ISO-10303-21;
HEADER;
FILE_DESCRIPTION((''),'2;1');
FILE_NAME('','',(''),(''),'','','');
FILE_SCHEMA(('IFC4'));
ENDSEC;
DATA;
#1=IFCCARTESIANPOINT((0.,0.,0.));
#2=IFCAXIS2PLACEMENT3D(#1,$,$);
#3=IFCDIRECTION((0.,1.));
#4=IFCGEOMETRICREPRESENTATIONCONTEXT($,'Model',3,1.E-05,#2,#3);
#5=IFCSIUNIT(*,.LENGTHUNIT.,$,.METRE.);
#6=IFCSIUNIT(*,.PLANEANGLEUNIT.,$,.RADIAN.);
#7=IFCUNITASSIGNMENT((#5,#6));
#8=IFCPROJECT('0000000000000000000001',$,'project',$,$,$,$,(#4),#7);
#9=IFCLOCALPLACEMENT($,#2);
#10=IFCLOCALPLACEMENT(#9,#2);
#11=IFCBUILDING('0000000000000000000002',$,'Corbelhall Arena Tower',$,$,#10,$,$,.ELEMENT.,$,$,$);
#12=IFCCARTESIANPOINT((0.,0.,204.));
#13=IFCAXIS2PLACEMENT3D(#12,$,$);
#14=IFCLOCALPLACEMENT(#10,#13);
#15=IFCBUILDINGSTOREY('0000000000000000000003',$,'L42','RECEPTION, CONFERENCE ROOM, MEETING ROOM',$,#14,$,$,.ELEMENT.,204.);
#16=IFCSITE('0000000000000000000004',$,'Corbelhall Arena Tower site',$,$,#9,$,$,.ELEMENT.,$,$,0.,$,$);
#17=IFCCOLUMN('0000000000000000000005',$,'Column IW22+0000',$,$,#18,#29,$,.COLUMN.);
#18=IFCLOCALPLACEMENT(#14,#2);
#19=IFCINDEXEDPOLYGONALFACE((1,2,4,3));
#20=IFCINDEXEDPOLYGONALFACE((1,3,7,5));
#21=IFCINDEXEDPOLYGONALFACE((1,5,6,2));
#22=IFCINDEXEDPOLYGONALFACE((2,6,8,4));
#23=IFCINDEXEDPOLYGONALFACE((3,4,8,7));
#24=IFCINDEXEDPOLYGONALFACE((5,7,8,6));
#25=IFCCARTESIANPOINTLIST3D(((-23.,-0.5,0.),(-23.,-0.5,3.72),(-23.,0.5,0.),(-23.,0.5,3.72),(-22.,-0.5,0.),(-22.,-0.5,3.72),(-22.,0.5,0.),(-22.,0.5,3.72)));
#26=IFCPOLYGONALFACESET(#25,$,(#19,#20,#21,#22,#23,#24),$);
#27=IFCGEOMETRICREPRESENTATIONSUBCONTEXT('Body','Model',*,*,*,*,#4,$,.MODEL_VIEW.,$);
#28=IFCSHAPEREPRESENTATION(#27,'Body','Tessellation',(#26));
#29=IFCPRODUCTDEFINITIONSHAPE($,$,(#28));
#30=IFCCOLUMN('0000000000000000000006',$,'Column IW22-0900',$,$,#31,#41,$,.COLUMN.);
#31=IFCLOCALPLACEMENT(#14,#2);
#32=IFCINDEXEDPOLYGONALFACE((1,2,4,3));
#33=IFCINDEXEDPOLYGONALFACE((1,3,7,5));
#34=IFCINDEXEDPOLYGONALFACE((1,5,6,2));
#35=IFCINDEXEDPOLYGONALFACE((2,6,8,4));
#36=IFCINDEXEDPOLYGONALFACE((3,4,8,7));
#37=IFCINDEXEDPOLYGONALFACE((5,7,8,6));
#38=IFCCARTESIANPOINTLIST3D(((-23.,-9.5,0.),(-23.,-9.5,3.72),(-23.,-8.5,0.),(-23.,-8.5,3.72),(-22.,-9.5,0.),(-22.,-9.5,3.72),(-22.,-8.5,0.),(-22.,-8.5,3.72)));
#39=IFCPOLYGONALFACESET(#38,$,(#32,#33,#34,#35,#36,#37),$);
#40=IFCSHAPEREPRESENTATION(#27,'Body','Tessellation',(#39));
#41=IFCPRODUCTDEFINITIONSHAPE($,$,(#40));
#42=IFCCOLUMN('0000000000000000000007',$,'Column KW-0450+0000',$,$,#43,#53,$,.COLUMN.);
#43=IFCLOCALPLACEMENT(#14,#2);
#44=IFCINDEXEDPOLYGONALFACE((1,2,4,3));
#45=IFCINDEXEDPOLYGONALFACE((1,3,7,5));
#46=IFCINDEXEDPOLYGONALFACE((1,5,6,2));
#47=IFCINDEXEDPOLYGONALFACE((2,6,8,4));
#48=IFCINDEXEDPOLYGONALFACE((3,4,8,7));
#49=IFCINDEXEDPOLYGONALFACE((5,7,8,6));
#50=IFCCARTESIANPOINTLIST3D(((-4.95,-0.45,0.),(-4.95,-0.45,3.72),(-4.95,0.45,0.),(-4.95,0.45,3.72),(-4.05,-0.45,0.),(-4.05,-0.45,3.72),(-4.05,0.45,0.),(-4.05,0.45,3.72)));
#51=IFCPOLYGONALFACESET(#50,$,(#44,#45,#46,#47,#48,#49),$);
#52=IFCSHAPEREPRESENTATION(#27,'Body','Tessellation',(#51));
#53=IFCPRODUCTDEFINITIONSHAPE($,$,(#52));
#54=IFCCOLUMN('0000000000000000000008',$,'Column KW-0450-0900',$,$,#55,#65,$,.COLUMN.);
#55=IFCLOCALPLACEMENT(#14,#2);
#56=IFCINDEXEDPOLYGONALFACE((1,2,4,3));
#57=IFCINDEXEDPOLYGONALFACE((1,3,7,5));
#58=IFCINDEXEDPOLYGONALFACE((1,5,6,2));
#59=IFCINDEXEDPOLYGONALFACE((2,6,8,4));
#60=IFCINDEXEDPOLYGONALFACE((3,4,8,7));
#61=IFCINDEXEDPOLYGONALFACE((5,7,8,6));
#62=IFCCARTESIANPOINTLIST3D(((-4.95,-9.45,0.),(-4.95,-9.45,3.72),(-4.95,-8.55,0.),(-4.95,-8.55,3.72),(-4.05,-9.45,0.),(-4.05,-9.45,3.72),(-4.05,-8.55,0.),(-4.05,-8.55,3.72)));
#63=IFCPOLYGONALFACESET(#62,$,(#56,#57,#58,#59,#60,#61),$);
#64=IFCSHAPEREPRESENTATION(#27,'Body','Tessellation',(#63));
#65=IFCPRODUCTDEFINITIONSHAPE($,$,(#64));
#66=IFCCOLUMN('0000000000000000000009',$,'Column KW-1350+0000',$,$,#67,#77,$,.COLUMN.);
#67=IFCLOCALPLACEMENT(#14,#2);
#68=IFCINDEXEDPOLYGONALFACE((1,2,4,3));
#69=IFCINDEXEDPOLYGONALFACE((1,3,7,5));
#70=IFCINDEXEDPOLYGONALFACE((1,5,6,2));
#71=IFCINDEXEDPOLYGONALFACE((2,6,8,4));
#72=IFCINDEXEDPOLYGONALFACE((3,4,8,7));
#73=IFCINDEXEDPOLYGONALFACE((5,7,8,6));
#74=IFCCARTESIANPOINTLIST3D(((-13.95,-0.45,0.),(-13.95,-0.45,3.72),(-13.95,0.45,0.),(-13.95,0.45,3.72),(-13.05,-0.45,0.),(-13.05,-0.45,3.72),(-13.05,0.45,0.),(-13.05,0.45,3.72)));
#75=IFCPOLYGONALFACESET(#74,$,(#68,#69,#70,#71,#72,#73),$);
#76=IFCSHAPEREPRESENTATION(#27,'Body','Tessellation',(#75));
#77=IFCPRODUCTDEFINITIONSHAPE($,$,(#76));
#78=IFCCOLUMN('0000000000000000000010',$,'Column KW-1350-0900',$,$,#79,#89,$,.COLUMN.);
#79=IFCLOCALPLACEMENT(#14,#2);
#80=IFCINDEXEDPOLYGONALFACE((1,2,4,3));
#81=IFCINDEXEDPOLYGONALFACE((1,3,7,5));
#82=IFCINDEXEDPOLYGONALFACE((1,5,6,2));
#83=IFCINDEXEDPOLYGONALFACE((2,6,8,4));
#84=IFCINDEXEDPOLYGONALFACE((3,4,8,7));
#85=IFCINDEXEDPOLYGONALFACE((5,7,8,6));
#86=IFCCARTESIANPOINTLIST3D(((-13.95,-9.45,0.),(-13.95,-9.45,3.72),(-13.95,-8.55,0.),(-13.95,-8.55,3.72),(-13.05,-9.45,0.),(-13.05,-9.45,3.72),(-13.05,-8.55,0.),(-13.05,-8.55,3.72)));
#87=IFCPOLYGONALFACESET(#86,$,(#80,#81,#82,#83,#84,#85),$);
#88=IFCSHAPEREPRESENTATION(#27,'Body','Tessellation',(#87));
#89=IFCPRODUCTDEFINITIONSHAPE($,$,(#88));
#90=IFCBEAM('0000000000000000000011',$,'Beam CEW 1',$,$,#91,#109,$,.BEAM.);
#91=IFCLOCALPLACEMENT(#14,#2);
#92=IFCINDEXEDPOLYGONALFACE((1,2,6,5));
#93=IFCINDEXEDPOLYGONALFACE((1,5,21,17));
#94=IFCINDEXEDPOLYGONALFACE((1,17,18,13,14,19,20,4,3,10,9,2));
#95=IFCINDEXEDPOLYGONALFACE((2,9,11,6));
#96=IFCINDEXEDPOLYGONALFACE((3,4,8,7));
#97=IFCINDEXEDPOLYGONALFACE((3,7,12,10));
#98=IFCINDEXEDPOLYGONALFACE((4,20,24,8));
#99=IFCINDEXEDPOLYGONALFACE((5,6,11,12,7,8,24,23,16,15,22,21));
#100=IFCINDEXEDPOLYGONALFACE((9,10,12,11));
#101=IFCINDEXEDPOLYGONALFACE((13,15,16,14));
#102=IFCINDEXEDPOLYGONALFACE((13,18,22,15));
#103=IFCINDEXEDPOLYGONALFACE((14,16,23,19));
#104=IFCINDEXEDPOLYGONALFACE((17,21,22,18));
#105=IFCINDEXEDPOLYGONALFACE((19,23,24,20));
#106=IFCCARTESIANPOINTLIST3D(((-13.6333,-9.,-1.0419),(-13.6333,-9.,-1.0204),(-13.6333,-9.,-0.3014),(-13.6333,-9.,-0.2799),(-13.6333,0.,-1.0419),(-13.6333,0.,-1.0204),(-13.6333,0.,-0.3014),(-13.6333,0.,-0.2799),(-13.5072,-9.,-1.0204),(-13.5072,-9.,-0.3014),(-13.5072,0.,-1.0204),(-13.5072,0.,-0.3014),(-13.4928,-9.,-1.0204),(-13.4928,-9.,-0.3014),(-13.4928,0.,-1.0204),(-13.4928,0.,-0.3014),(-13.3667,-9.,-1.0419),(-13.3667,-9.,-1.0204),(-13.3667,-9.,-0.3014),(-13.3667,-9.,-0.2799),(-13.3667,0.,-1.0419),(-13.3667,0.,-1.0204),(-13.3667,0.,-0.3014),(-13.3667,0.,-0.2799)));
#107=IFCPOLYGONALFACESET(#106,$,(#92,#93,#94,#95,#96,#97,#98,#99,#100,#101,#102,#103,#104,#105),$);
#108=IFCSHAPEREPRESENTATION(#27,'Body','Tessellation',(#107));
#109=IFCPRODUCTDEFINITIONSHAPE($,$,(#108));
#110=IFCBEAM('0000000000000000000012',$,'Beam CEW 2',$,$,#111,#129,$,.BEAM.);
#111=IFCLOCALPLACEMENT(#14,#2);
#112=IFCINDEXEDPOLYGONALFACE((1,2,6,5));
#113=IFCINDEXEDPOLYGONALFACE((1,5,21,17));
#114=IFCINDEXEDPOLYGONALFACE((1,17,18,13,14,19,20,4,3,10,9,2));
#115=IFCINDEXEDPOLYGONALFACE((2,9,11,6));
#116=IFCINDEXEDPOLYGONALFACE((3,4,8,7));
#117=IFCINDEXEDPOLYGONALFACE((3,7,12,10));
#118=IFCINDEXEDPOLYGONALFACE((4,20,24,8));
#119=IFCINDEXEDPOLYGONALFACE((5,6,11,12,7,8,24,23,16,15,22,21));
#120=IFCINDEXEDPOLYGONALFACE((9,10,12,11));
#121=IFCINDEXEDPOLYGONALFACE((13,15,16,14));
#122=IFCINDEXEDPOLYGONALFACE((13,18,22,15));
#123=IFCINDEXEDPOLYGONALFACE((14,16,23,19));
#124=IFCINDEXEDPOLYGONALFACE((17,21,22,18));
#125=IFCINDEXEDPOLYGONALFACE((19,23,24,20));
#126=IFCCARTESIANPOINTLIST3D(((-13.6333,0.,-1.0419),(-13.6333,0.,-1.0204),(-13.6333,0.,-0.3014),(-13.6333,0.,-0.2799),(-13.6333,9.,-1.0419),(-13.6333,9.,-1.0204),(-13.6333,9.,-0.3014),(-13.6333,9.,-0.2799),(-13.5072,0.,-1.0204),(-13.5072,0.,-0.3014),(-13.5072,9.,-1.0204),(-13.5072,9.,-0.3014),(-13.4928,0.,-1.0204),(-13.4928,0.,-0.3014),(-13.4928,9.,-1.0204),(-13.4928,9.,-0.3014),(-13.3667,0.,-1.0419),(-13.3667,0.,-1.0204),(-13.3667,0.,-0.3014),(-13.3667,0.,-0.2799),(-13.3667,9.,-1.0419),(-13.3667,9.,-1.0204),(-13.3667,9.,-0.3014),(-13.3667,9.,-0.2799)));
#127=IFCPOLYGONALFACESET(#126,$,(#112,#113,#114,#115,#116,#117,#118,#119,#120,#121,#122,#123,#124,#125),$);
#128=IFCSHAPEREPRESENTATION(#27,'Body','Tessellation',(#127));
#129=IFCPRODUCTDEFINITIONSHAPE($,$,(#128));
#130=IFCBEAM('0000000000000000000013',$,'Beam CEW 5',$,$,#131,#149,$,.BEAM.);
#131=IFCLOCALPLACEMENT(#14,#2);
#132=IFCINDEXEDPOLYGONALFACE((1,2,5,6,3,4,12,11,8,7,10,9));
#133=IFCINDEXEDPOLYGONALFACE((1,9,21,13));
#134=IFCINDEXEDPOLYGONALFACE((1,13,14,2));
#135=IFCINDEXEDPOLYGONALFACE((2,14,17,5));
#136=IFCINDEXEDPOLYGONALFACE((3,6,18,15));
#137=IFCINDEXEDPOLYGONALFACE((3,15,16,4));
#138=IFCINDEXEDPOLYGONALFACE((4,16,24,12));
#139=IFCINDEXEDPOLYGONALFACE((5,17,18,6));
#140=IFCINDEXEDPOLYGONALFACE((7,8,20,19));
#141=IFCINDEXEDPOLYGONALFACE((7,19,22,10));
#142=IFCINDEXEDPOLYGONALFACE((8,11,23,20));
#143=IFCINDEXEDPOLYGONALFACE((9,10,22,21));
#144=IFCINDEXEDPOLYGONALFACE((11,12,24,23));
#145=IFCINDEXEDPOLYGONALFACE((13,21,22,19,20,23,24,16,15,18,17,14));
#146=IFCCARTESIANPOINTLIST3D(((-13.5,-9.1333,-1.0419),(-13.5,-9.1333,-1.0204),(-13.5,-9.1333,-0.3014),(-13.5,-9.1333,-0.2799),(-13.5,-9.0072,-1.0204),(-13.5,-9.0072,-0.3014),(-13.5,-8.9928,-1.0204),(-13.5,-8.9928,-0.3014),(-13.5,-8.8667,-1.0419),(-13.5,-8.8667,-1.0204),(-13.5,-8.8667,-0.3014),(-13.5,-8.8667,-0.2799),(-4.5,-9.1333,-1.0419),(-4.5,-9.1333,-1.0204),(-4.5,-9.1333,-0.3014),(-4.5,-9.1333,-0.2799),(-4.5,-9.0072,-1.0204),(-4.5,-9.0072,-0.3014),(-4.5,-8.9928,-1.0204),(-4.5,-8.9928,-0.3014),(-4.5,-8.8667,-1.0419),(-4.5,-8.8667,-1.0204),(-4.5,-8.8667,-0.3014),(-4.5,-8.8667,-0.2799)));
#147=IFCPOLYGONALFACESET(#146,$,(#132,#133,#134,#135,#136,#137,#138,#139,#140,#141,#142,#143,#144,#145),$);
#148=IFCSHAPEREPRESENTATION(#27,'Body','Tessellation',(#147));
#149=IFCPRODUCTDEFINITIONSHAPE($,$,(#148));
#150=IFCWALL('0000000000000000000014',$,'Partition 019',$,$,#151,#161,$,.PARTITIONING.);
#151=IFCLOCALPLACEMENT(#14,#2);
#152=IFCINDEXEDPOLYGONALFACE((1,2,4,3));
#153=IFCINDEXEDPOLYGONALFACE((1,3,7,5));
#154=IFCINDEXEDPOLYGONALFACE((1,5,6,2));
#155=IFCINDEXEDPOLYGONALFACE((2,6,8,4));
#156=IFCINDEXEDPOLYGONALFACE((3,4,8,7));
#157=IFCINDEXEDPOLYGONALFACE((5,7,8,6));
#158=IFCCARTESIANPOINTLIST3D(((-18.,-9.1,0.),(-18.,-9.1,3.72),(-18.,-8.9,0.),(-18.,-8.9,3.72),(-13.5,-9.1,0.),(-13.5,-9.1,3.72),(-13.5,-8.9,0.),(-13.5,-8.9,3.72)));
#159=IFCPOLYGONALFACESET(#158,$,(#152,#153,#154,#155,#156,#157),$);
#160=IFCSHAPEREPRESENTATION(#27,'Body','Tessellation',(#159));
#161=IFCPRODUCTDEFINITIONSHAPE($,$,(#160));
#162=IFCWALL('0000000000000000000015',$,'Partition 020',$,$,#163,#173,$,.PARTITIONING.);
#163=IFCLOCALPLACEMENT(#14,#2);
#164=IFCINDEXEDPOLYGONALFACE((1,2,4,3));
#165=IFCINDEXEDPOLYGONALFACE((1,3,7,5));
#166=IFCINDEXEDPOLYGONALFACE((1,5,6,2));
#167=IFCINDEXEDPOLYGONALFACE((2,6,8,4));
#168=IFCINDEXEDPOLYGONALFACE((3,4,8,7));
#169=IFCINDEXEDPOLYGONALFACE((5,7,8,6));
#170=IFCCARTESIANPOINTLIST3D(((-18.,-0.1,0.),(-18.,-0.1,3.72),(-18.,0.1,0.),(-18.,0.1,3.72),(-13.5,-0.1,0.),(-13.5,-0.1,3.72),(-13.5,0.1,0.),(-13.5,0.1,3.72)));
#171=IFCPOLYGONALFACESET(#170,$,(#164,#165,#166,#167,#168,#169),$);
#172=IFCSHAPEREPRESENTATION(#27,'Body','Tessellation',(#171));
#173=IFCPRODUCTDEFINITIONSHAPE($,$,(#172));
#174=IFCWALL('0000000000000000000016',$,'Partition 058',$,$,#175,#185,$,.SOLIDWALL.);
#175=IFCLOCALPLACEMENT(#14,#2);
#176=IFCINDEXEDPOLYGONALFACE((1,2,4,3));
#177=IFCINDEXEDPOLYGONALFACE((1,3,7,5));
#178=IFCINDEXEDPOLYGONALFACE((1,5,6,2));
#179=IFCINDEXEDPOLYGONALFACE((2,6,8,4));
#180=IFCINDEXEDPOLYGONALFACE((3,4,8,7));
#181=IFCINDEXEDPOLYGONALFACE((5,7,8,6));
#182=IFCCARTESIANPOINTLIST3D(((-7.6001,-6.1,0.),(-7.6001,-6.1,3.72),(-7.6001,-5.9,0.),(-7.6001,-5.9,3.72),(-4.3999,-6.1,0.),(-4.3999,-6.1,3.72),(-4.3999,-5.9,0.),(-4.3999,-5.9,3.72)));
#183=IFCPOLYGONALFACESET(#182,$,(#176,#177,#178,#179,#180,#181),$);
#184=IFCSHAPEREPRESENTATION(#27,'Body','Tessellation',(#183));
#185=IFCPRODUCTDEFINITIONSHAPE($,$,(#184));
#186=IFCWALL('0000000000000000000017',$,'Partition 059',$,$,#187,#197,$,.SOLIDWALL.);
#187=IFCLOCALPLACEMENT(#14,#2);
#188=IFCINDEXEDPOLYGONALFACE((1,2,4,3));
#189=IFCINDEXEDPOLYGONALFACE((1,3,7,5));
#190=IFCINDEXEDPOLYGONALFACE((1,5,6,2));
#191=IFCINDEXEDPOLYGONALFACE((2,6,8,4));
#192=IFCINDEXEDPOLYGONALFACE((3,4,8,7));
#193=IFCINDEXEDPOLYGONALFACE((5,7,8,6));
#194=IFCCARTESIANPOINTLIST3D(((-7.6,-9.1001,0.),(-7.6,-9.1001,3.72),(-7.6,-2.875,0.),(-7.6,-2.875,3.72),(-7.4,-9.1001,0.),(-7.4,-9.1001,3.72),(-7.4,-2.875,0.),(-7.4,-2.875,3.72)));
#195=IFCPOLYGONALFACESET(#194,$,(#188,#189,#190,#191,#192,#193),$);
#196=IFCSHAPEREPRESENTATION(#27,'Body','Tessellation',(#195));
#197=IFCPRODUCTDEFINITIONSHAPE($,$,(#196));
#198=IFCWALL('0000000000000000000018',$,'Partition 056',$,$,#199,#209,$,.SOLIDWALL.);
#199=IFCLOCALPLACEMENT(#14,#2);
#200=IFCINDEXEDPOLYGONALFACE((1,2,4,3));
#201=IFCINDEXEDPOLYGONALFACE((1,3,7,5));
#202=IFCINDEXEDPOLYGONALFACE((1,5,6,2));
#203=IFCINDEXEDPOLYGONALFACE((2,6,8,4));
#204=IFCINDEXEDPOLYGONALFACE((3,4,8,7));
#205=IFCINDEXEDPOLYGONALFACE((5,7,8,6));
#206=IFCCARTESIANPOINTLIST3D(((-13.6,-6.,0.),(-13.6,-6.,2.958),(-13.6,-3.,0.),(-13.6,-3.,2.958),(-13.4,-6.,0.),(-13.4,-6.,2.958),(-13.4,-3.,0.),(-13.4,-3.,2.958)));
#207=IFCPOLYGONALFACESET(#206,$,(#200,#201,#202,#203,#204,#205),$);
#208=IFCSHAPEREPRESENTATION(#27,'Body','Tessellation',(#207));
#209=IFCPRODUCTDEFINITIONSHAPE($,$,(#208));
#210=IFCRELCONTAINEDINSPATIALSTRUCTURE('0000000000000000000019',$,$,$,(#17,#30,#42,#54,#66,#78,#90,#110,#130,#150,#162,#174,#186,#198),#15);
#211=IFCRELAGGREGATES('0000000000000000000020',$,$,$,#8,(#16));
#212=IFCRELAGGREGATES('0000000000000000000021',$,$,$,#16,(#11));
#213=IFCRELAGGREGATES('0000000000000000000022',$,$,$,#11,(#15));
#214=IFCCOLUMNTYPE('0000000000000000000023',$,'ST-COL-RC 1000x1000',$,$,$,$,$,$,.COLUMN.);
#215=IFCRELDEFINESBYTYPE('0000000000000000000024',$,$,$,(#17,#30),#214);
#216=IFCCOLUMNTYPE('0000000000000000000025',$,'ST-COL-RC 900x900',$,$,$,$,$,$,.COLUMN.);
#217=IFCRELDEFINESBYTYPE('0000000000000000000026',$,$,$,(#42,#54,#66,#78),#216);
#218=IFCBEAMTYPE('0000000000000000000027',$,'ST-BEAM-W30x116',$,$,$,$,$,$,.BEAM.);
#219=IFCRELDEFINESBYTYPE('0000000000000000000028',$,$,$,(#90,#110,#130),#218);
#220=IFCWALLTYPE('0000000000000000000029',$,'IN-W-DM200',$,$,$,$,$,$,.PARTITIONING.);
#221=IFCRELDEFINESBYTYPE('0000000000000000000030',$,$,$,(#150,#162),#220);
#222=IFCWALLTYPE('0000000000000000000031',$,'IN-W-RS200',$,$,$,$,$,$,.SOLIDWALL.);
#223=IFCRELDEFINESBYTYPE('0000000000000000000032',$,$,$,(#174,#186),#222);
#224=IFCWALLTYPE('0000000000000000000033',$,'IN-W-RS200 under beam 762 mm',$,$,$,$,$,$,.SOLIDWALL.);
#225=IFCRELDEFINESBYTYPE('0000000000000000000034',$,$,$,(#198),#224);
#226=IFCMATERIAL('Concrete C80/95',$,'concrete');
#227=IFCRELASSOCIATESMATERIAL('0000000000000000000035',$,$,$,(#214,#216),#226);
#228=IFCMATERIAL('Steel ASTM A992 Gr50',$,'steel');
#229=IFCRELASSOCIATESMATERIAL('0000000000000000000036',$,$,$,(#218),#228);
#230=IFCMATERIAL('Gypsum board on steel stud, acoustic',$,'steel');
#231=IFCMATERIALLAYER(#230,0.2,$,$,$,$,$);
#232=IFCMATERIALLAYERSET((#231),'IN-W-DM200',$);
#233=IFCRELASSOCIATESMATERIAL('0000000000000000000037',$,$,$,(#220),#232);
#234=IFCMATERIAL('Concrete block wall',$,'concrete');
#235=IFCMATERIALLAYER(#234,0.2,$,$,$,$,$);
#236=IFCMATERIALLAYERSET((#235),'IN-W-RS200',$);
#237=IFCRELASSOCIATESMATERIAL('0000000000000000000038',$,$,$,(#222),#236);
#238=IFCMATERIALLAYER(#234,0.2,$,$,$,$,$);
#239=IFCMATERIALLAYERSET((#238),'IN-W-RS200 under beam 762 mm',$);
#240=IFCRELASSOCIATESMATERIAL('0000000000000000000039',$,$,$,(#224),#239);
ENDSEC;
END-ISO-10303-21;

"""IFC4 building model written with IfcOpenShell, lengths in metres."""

from ifc_helpers import new_model, si_unit, direction, frame, frame_2d, origin, origin_2d, place, context, subcontext, project, spatial, rectangle, i_section, extrude, material, layer, layer_set, material_profile, profile_set, type_object, element, save


model = new_model("IFC4")

# Units and contexts
model_context = context("Model", 3, precision=1e-05, world=origin(), true_north=direction((0.0, 1.0)))
body_context = subcontext(model_context, "Body", "Model", "MODEL_VIEW")
ifc_project = project(units=[si_unit("LENGTHUNIT", "METRE"), si_unit("PLANEANGLEUNIT", "RADIAN")], contexts=[model_context])

# Site, building, storey
site_placement = place(None, origin())
site = spatial("IfcSite", under=ifc_project, at=site_placement, Name="Corbelhall Arena Tower site", CompositionType="ELEMENT", RefElevation=0.0)
building_placement = place(site_placement, origin())
building = spatial("IfcBuilding", under=site, at=building_placement, Name="Corbelhall Arena Tower", CompositionType="ELEMENT")
storey_placement = place(building_placement, frame((0.0, 0.0, 204.0)))
storey = spatial("IfcBuildingStorey", under=building, at=storey_placement, Name="L42", Description="RECEPTION, CONFERENCE ROOM, MEETING ROOM", CompositionType="ELEMENT", Elevation=204.0)

# Columns
ifc_material_1 = material(Name="Concrete C80/95", Category="concrete")
ifc_material_profile_1 = material_profile(ifc_material_1, rectangle(XDim=1.0, YDim=1.0, at=origin_2d()))
ifc_profile_set_1 = profile_set([ifc_material_profile_1], Name="Concrete C80/95")
column_type_1 = type_object("IfcColumnType", Name="ST-COL-RC 1000x1000", PredefinedType="COLUMN", material=ifc_profile_set_1)
for number, where, z_axis, x_axis, name in (
    (1, (-22.5, 0.0, 0.0), (0.0, 0.0, 1.0), (1.0, 0.0, 0.0), "Column IW22+0000"),
    (2, (-22.5, -9.0, 0.0), (0.0, 0.0, 1.0), (1.0, 0.0, 0.0), "Column IW22-0900"),
):
    element("IfcColumn", number, at=place(storey_placement, frame(where, z_axis=z_axis, x_axis=x_axis)), inside=storey, type_object=column_type_1, Name=name, PredefinedType="COLUMN", context=body_context, shape_type="SweptSolid", body=[
        extrude(rectangle(XDim=1.0, YDim=1.0, at=origin_2d()), origin(), (0.0, 0.0, 1.0), 3.72),
    ])
ifc_material_profile_2 = material_profile(ifc_material_1, rectangle(XDim=0.8999, YDim=0.8999, at=origin_2d()))
ifc_profile_set_2 = profile_set([ifc_material_profile_2], Name="Concrete C80/95")
column_type_2 = type_object("IfcColumnType", Name="ST-COL-RC 900x900", PredefinedType="COLUMN", material=ifc_profile_set_2)
for number, where, z_axis, x_axis, name in (
    (3, (-4.5, 0.0, 0.0), (0.0, 0.0, 1.0), (1.0, 0.0, 0.0), "Column KW-0450+0000"),
    (4, (-4.5, -9.0, 0.0), (0.0, 0.0, 1.0), (1.0, 0.0, 0.0), "Column KW-0450-0900"),
    (5, (-13.5, 0.0, 0.0), (0.0, 0.0, 1.0), (1.0, 0.0, 0.0), "Column KW-1350+0000"),
    (6, (-13.5, -9.0, 0.0), (0.0, 0.0, 1.0), (1.0, 0.0, 0.0), "Column KW-1350-0900"),
):
    element("IfcColumn", number, at=place(storey_placement, frame(where, z_axis=z_axis, x_axis=x_axis)), inside=storey, type_object=column_type_2, Name=name, PredefinedType="COLUMN", context=body_context, shape_type="SweptSolid", body=[
        extrude(rectangle(XDim=0.8999, YDim=0.8999, at=origin_2d()), origin(), (0.0, 0.0, 1.0), 3.72),
    ])

# Beams
ifc_material_2 = material(Name="Steel ASTM A992 Gr50", Category="steel")
ifc_material_profile_3 = material_profile(ifc_material_2, i_section(OverallWidth=0.2666, OverallDepth=0.762, WebThickness=0.0144, FlangeThickness=0.0215, at=origin_2d()))
ifc_profile_set_3 = profile_set([ifc_material_profile_3], Name="Steel ASTM A992 Gr50")
beam_type = type_object("IfcBeamType", Name="ST-BEAM-W30x116", PredefinedType="BEAM", material=ifc_profile_set_3)
for number, where, z_axis, x_axis, name in (
    (7, (-13.5, -9.0, -0.6609), (0.0, 1.0, 0.0), (-1.0, 0.0, 0.0), "Beam CEW 1"),
    (8, (-13.5, 0.0, -0.6609), (0.0, 1.0, 0.0), (-1.0, 0.0, 0.0), "Beam CEW 2"),
    (9, (-13.5, -9.0, -0.6609), (1.0, 0.0, 0.0), (0.0, 1.0, 0.0), "Beam CEW 5"),
):
    element("IfcBeam", number, at=place(storey_placement, frame(where, z_axis=z_axis, x_axis=x_axis)), inside=storey, type_object=beam_type, Name=name, PredefinedType="BEAM", context=body_context, shape_type="SweptSolid", body=[
        extrude(i_section(OverallWidth=0.2666, OverallDepth=0.762, WebThickness=0.0144, FlangeThickness=0.0215, at=origin_2d()), origin(), (0.0, 0.0, 1.0), 9.0),
    ])

# Walls
ifc_material_3 = material(Name="Gypsum board on steel stud, acoustic", Category="steel")
ifc_layer_1 = layer(ifc_material_3, 0.2)
ifc_layer_set_1 = layer_set([ifc_layer_1], Name="IN-W-DM200")
wall_type_1 = type_object("IfcWallType", Name="IN-W-DM200", PredefinedType="PARTITIONING", material=ifc_layer_set_1)
for number, where, z_axis, x_axis, name in (
    (10, (-18.0, -9.0, 0.0), (0.0, 0.0, 1.0), (1.0, 0.0, 0.0), "Partition 019"),
    (11, (-18.0, 0.0, 0.0), (0.0, 0.0, 1.0), (1.0, 0.0, 0.0), "Partition 020"),
):
    element("IfcWall", number, at=place(storey_placement, frame(where, z_axis=z_axis, x_axis=x_axis)), inside=storey, type_object=wall_type_1, Name=name, PredefinedType="PARTITIONING", context=body_context, shape_type="SweptSolid", body=[
        extrude(rectangle(XDim=4.5, YDim=0.2, at=frame_2d((2.25, 0.0))), origin(), (0.0, 0.0, 1.0), 3.72),
    ])

# Shared definitions
ifc_material_4 = material(Name="Concrete block wall", Category="concrete")
ifc_layer_2 = layer(ifc_material_4, 0.2)
ifc_layer_set_2 = layer_set([ifc_layer_2], Name="IN-W-RS200")
wall_type_2 = type_object("IfcWallType", Name="IN-W-RS200", PredefinedType="SOLIDWALL", material=ifc_layer_set_2)

# Walls
wall_1_placement = place(storey_placement, frame((-7.6001, -6.0, 0.0), z_axis=(0.0, 0.0, 1.0), x_axis=(1.0, 0.0, 0.0)))
element("IfcWall", 12, at=wall_1_placement, inside=storey, type_object=wall_type_2, Name="Partition 058", PredefinedType="SOLIDWALL", context=body_context, shape_type="SweptSolid", body=[
    extrude(rectangle(XDim=3.2002, YDim=0.2, at=frame_2d((1.6001, 0.0))), origin(), (0.0, 0.0, 1.0), 3.72),
])
wall_2_placement = place(storey_placement, frame((-7.5, -9.1001, 0.0), z_axis=(0.0, 0.0, 1.0), x_axis=(0.0, 1.0, 0.0)))
element("IfcWall", 13, at=wall_2_placement, inside=storey, type_object=wall_type_2, Name="Partition 059", PredefinedType="SOLIDWALL", context=body_context, shape_type="SweptSolid", body=[
    extrude(rectangle(XDim=6.2251, YDim=0.2, at=frame_2d((3.1125, 0.0))), origin(), (0.0, 0.0, 1.0), 3.72),
])
ifc_layer_3 = layer(ifc_material_4, 0.2)
ifc_layer_set_3 = layer_set([ifc_layer_3], Name="IN-W-RS200 under beam 762 mm")
wall_type_3 = type_object("IfcWallType", Name="IN-W-RS200 under beam 762 mm", PredefinedType="SOLIDWALL", material=ifc_layer_set_3)
wall_3_placement = place(storey_placement, frame((-13.5, -6.0, 0.0), z_axis=(0.0, 0.0, 1.0), x_axis=(0.0, 1.0, 0.0)))
element("IfcWall", 14, at=wall_3_placement, inside=storey, type_object=wall_type_3, Name="Partition 056", PredefinedType="SOLIDWALL", context=body_context, shape_type="SweptSolid", body=[
    extrude(rectangle(XDim=3.0, YDim=0.2, at=frame_2d((1.5, 0.0))), origin(), (0.0, 0.0, 1.0), 2.958),
])

save(model, "model.ifc")
